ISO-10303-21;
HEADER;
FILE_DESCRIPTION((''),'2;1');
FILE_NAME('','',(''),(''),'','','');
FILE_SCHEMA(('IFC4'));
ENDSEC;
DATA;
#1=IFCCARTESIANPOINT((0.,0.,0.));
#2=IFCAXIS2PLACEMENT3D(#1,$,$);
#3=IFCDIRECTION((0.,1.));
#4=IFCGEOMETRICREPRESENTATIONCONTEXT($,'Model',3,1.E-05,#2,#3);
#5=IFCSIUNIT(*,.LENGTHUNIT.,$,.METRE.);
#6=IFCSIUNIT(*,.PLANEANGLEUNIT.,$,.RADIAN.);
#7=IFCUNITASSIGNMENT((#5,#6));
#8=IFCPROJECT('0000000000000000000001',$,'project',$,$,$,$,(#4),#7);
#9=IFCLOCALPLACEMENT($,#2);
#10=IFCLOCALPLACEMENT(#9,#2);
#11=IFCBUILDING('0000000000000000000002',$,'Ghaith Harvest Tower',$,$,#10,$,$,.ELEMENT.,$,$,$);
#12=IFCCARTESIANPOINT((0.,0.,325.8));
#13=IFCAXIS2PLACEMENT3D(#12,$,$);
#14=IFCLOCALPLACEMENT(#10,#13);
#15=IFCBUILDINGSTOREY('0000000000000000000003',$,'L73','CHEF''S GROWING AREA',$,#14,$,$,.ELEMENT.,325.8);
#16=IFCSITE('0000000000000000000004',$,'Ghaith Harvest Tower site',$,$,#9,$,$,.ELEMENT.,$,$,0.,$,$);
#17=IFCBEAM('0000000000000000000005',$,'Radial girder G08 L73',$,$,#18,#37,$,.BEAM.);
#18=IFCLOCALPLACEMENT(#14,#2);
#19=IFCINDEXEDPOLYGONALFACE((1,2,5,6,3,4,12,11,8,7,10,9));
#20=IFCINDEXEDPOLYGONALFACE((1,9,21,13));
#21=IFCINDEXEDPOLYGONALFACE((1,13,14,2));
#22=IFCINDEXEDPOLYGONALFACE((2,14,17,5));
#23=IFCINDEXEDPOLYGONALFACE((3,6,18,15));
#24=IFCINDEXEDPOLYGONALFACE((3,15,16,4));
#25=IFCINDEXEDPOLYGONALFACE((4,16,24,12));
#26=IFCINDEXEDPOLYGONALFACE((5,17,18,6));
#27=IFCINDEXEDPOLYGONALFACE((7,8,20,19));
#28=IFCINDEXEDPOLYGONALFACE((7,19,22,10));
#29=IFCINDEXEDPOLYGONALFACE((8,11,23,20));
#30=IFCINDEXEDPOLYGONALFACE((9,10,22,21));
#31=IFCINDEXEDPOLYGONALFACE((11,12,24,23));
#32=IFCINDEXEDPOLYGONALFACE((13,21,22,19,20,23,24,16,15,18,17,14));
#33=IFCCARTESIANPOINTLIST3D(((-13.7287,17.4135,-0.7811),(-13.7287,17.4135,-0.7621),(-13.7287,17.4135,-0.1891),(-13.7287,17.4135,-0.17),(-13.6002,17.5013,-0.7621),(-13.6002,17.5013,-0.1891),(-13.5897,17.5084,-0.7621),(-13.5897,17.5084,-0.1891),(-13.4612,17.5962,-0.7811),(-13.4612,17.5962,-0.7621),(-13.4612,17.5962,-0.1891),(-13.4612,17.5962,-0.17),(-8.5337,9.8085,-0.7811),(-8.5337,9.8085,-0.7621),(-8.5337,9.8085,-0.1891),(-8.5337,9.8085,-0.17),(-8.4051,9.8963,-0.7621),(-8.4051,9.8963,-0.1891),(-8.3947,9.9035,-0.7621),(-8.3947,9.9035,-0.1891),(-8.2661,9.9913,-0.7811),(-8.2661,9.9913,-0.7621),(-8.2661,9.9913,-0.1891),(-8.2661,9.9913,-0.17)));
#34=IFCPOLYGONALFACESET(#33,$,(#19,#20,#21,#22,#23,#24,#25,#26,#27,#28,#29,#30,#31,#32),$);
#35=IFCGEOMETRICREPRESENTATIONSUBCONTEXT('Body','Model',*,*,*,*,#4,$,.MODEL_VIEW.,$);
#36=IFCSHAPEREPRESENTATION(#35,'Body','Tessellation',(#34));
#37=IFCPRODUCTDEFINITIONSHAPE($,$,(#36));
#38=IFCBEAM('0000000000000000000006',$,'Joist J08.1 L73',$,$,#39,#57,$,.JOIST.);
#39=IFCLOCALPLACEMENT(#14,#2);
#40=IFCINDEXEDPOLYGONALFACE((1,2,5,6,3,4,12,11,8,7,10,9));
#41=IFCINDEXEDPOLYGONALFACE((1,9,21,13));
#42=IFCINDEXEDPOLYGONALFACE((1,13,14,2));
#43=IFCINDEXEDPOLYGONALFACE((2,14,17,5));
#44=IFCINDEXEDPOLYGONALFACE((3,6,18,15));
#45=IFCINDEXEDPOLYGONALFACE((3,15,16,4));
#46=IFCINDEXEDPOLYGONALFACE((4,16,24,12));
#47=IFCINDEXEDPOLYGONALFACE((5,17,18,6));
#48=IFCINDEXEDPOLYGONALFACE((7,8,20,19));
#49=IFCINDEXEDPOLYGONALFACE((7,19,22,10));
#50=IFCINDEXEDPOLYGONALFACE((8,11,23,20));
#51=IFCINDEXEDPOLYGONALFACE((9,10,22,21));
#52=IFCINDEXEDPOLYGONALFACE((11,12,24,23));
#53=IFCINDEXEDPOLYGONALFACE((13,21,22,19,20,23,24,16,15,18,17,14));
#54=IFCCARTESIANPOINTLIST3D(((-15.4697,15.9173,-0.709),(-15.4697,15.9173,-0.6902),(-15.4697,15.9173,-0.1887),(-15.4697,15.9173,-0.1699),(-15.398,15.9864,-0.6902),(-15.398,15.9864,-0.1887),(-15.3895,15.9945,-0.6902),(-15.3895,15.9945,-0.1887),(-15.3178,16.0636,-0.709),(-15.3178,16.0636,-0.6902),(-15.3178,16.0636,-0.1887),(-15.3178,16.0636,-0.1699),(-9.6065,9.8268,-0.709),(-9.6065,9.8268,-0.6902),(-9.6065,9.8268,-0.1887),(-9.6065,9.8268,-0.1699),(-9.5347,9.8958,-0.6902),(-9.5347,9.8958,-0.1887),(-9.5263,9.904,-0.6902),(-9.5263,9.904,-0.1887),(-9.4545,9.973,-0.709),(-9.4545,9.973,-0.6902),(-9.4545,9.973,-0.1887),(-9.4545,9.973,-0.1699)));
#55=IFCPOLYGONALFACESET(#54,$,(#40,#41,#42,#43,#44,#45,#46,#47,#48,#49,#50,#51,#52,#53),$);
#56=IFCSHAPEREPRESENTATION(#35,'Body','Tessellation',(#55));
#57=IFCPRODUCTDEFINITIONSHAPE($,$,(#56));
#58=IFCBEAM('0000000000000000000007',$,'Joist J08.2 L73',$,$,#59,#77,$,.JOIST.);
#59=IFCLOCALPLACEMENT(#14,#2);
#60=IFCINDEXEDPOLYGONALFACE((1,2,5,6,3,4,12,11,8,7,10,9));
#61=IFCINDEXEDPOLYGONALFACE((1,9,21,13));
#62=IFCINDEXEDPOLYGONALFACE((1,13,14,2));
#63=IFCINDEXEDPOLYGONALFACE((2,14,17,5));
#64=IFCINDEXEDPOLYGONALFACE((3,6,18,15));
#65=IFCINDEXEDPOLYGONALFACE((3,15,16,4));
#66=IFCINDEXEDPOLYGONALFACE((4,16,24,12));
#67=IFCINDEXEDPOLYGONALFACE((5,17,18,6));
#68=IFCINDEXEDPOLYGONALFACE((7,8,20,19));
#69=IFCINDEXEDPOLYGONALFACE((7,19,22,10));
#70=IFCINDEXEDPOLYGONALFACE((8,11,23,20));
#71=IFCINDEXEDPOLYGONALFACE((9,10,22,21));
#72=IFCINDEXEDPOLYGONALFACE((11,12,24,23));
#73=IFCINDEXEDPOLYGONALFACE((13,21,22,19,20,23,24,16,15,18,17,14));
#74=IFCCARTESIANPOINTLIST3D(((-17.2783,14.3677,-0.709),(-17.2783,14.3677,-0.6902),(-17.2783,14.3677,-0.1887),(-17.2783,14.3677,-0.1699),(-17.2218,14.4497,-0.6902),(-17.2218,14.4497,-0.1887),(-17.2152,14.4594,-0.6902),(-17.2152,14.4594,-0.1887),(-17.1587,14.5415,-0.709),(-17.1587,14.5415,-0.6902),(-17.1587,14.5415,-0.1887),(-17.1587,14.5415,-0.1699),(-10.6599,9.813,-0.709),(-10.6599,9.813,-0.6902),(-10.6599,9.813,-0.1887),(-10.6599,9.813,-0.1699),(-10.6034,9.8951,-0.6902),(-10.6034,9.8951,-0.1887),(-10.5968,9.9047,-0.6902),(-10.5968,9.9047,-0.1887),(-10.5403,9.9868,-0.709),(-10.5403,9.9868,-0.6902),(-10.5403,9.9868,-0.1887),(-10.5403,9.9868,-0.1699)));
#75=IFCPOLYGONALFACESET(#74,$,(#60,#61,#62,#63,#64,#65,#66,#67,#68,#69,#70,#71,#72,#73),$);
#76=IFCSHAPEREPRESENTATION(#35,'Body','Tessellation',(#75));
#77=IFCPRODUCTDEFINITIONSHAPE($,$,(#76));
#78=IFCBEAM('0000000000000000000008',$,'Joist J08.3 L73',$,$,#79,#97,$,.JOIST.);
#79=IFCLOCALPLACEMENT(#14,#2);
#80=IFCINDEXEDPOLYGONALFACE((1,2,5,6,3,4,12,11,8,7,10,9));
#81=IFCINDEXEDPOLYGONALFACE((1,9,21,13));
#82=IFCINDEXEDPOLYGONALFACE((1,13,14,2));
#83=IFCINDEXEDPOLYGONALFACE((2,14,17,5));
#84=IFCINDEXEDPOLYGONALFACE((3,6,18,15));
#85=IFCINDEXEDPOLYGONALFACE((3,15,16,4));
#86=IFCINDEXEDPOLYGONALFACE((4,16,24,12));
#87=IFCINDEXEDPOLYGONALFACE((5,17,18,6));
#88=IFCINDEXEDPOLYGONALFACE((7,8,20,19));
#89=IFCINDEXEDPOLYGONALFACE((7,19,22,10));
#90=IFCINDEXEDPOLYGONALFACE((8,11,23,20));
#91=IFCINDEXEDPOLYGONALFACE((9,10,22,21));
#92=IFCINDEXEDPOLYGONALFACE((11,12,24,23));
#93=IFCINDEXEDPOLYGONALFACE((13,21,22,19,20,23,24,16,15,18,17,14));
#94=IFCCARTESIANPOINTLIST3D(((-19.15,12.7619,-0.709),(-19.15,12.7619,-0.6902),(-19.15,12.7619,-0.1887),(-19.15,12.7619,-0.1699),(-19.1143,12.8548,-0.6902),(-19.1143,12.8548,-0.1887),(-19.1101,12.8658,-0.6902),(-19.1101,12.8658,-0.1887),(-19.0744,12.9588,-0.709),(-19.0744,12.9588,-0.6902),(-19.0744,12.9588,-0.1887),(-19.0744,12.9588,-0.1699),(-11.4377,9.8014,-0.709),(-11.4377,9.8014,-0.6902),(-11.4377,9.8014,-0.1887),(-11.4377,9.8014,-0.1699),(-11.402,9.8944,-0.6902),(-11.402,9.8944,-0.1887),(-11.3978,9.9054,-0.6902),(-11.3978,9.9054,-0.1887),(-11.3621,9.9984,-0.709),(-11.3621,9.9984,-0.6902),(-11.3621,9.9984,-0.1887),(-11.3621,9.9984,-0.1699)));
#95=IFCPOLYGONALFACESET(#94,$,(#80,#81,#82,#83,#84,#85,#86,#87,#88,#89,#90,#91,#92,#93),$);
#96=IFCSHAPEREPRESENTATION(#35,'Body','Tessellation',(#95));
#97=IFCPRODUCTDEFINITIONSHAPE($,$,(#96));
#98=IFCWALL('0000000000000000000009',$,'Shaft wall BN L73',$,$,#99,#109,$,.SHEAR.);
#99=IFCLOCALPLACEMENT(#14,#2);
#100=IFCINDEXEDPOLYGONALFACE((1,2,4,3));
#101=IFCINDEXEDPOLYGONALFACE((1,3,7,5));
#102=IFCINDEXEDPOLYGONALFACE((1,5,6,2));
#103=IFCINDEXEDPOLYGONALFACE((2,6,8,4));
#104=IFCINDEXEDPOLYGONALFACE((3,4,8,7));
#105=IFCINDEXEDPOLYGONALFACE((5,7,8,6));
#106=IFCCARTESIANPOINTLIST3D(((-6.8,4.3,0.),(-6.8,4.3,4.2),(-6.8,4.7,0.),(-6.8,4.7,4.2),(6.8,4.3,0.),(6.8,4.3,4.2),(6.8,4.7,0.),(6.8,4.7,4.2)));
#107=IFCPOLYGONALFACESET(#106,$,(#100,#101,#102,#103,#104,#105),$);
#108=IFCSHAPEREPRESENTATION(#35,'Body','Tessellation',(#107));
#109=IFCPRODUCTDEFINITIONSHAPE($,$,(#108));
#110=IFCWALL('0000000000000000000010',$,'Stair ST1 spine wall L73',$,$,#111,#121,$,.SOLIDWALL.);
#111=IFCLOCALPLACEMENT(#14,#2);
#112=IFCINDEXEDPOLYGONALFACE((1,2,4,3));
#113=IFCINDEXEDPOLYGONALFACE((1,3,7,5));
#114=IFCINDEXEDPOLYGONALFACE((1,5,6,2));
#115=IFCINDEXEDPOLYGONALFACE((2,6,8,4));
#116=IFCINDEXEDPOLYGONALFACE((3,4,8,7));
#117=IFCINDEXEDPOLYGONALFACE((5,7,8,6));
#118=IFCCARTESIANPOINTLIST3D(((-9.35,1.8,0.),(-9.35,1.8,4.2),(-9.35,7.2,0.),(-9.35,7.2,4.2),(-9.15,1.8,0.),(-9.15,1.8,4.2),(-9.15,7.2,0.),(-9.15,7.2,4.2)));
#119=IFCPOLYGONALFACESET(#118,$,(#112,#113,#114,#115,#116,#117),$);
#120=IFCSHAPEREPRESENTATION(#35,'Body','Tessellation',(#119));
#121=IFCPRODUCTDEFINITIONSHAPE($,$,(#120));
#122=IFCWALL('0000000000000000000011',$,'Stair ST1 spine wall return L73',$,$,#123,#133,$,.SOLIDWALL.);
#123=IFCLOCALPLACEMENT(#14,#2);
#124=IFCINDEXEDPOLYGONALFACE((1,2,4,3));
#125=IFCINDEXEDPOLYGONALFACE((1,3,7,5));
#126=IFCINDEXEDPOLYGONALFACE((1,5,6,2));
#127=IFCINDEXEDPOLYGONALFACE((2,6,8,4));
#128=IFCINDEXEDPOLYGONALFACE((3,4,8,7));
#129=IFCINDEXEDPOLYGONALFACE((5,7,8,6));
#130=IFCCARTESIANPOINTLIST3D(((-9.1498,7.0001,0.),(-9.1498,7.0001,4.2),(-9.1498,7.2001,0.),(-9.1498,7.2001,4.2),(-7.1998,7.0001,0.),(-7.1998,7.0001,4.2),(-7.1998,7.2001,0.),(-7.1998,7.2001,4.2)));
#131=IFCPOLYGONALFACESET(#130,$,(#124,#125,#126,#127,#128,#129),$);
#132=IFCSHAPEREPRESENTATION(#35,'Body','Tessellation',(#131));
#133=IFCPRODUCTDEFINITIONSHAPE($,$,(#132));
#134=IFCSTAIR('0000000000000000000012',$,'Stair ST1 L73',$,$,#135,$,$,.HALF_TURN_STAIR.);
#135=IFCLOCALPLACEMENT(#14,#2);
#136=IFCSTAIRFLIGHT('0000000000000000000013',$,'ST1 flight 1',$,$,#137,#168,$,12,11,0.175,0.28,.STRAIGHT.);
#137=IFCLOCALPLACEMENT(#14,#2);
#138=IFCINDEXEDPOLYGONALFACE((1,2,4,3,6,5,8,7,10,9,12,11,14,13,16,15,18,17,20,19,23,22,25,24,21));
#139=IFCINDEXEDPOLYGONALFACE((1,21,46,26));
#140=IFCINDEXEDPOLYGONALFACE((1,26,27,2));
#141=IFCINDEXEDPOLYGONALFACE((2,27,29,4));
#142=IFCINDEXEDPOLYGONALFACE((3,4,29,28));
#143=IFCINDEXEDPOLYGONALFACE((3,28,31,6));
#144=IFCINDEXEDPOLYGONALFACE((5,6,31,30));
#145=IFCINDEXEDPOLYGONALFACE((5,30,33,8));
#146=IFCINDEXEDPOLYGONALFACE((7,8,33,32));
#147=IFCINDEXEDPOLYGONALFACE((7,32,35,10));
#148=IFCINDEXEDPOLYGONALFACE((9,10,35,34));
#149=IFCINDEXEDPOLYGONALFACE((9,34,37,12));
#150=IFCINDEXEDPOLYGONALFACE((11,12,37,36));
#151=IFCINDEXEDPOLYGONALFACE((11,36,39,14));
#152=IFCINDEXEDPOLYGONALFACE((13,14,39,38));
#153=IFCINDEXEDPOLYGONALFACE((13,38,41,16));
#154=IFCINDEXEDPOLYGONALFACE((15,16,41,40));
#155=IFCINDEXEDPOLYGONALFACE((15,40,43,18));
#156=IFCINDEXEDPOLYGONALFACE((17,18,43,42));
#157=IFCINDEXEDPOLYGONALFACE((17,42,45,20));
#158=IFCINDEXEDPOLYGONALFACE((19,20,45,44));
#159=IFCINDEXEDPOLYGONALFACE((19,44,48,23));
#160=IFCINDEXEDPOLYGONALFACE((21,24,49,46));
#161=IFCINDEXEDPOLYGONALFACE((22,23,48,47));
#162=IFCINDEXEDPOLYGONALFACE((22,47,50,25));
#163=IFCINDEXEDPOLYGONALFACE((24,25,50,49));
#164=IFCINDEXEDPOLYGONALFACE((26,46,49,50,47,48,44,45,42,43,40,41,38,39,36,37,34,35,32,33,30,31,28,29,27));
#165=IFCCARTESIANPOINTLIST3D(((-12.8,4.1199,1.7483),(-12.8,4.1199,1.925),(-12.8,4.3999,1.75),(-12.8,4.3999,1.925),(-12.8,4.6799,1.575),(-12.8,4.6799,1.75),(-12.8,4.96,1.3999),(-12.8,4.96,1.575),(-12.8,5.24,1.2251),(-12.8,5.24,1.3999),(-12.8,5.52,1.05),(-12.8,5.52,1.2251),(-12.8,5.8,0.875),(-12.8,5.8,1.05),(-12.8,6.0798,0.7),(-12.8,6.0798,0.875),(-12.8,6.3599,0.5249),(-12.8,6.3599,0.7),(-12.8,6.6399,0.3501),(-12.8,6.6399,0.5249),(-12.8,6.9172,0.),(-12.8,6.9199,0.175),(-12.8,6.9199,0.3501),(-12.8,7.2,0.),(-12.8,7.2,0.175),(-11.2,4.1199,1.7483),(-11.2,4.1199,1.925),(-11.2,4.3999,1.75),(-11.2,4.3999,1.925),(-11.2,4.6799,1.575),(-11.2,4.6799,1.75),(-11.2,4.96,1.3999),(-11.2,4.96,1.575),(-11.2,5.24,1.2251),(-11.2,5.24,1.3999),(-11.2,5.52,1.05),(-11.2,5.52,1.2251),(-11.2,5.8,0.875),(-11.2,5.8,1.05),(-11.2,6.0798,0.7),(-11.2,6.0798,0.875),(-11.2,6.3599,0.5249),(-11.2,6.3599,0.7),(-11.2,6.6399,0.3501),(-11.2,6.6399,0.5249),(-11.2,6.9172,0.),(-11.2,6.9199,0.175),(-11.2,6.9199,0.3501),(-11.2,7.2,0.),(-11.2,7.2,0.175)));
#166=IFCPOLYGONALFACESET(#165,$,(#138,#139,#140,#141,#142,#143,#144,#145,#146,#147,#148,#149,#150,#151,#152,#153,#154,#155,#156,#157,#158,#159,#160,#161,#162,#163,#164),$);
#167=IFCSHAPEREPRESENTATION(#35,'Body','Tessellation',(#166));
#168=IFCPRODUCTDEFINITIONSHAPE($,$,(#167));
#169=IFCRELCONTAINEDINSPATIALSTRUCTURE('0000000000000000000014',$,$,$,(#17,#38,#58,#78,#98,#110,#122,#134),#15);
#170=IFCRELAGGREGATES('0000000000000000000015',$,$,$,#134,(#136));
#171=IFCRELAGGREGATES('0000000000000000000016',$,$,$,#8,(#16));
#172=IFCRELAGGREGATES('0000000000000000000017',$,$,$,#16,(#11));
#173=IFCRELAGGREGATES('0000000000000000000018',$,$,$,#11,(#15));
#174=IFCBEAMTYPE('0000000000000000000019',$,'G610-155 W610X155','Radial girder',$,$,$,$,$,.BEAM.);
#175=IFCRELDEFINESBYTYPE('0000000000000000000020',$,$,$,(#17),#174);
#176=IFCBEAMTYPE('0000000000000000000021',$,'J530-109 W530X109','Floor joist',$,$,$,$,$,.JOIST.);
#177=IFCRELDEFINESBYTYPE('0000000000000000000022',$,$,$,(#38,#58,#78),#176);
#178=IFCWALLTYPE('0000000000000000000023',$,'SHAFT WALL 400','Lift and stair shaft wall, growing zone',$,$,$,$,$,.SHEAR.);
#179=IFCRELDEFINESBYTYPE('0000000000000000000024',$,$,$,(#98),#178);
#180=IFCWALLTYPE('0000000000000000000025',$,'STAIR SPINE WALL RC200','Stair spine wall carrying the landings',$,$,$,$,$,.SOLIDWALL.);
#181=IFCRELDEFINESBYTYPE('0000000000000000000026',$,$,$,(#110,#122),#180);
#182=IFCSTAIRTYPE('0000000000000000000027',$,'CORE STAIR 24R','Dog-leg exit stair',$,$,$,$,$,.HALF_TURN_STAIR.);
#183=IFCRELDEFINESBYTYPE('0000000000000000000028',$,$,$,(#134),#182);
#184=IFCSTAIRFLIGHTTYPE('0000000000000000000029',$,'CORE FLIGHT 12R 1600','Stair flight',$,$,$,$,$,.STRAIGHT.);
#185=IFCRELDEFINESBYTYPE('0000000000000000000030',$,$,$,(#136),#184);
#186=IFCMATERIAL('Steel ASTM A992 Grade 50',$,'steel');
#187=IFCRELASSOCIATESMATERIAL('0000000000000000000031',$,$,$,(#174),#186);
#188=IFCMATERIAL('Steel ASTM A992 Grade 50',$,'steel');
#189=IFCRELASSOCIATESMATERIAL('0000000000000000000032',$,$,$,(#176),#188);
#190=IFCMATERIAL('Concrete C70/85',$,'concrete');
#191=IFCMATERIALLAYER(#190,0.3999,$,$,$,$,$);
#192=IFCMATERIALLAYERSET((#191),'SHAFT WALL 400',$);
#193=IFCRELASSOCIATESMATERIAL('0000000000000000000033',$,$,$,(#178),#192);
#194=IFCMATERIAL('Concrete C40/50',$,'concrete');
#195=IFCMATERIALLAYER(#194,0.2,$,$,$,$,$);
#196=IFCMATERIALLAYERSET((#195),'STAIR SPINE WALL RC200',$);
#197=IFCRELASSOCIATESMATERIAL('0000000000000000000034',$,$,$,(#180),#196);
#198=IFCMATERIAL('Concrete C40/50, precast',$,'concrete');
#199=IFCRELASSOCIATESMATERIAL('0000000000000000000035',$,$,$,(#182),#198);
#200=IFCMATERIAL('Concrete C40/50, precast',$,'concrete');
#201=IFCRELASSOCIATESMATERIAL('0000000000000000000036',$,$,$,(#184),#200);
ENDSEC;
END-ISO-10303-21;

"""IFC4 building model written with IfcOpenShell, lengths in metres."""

from ifc_helpers import new_model, si_unit, direction, frame, frame_2d, origin, origin_2d, place, context, subcontext, project, spatial, polyline, rectangle, i_section, outline, extrude, material, layer, layer_set, material_profile, profile_set, type_object, element, aggregate, save


model = new_model("IFC4")

# Units and contexts
model_context = context("Model", 3, precision=1e-05, world=origin(), true_north=direction((0.0, 1.0)))
body_context = subcontext(model_context, "Body", "Model", "MODEL_VIEW")
ifc_project = project(units=[si_unit("LENGTHUNIT", "METRE"), si_unit("PLANEANGLEUNIT", "RADIAN")], contexts=[model_context])

# Site, building, storey
site_placement = place(None, origin())
site = spatial("IfcSite", under=ifc_project, at=site_placement, Name="Ghaith Harvest Tower site", CompositionType="ELEMENT", RefElevation=0.0)
building_placement = place(site_placement, origin())
building = spatial("IfcBuilding", under=site, at=building_placement, Name="Ghaith Harvest Tower", CompositionType="ELEMENT")
storey_placement = place(building_placement, frame((0.0, 0.0, 325.8)))
storey = spatial("IfcBuildingStorey", under=building, at=storey_placement, Name="L73", Description="CHEF'S GROWING AREA", CompositionType="ELEMENT", Elevation=325.8)

# Beams
ifc_material_1 = material(Name="Steel ASTM A992 Grade 50", Category="steel")
ifc_material_profile_1 = material_profile(ifc_material_1, i_section(OverallWidth=0.324, OverallDepth=0.6111, WebThickness=0.0127, FlangeThickness=0.019, at=origin_2d()), Name="W610X155")
ifc_profile_set_1 = profile_set([ifc_material_profile_1], Name="Steel ASTM A992 Grade 50")
beam_type_1 = type_object("IfcBeamType", Name="G610-155 W610X155", Description="Radial girder", PredefinedType="BEAM", material=ifc_profile_set_1)
beam_1_placement = place(storey_placement, frame((-8.3999, 9.8999, -0.4756), z_axis=(-0.564067, 0.825729, 0.0), x_axis=(-0.825729, -0.564067, 0.0)))
element("IfcBeam", 1, at=beam_1_placement, inside=storey, type_object=beam_type_1, Name="Radial girder G08 L73", PredefinedType="BEAM", context=body_context, shape_type="SweptSolid", body=[
    extrude(i_section(OverallWidth=0.324, OverallDepth=0.6111, WebThickness=0.0127, FlangeThickness=0.019, at=origin_2d()), origin(), (0.0, 0.0, 1.0), 9.21),
])
ifc_material_2 = material(Name="Steel ASTM A992 Grade 50", Category="steel")
ifc_material_profile_2 = material_profile(ifc_material_2, i_section(OverallWidth=0.2109, OverallDepth=0.5391, WebThickness=0.0117, FlangeThickness=0.0188, at=origin_2d()), Name="W530X109")
ifc_profile_set_2 = profile_set([ifc_material_profile_2], Name="Steel ASTM A992 Grade 50")
beam_type_2 = type_object("IfcBeamType", Name="J530-109 W530X109", Description="Floor joist", PredefinedType="JOIST", material=ifc_profile_set_2)
beam_2_placement = place(storey_placement, frame((-9.5305, 9.8999, -0.4395), z_axis=(-0.693536, 0.720422, 0.0), x_axis=(-0.720422, -0.693536, 0.0)))
element("IfcBeam", 2, at=beam_2_placement, inside=storey, type_object=beam_type_2, Name="Joist J08.1 L73", PredefinedType="JOIST", context=body_context, shape_type="SweptSolid", body=[
    extrude(i_section(OverallWidth=0.2109, OverallDepth=0.5391, WebThickness=0.0117, FlangeThickness=0.0188, at=origin_2d()), origin(), (0.0, 0.0, 1.0), 8.4541),
])
beam_3_placement = place(storey_placement, frame((-10.6001, 9.8999, -0.4395), z_axis=(-0.823779, 0.566912, 0.0), x_axis=(-0.566912, -0.823779, 0.0)))
element("IfcBeam", 3, at=beam_3_placement, inside=storey, type_object=beam_type_2, Name="Joist J08.2 L73", PredefinedType="JOIST", context=body_context, shape_type="SweptSolid", body=[
    extrude(i_section(OverallWidth=0.2109, OverallDepth=0.5391, WebThickness=0.0117, FlangeThickness=0.0188, at=origin_2d()), origin(), (0.0, 0.0, 1.0), 8.0342),
])
beam_4_placement = place(storey_placement, frame((-11.3999, 9.8999, -0.4395), z_axis=(-0.933583, 0.358361, 0.0), x_axis=(-0.358361, -0.933583, 0.0)))
element("IfcBeam", 4, at=beam_4_placement, inside=storey, type_object=beam_type_2, Name="Joist J08.3 L73", PredefinedType="JOIST", context=body_context, shape_type="SweptSolid", body=[
    extrude(i_section(OverallWidth=0.2109, OverallDepth=0.5391, WebThickness=0.0117, FlangeThickness=0.0188, at=origin_2d()), origin(), (0.0, 0.0, 1.0), 8.261),
])

# Shared definitions
ifc_material_3 = material(Name="Concrete C70/85", Category="concrete")
ifc_layer_1 = layer(ifc_material_3, 0.3999)
ifc_layer_set_1 = layer_set([ifc_layer_1], Name="SHAFT WALL 400")
wall_type_1 = type_object("IfcWallType", Name="SHAFT WALL 400", Description="Lift and stair shaft wall, growing zone", PredefinedType="SHEAR", material=ifc_layer_set_1)

# Walls
wall_1_placement = place(storey_placement, frame((-6.8, 4.5, 0.0), z_axis=(0.0, 0.0, 1.0), x_axis=(1.0, 0.0, 0.0)))
element("IfcWall", 5, at=wall_1_placement, inside=storey, type_object=wall_type_1, Name="Shaft wall BN L73", PredefinedType="SHEAR", context=body_context, shape_type="SweptSolid", body=[
    extrude(rectangle(XDim=13.6001, YDim=0.3999, at=frame_2d((6.8, 0.0))), origin(), (0.0, 0.0, 1.0), 4.2),
])
ifc_material_4 = material(Name="Concrete C40/50", Category="concrete")
ifc_layer_2 = layer(ifc_material_4, 0.2)
ifc_layer_set_2 = layer_set([ifc_layer_2], Name="STAIR SPINE WALL RC200")
wall_type_2 = type_object("IfcWallType", Name="STAIR SPINE WALL RC200", Description="Stair spine wall carrying the landings", PredefinedType="SOLIDWALL", material=ifc_layer_set_2)
wall_2_placement = place(storey_placement, frame((-9.25, 7.2, 0.0), z_axis=(0.0, 0.0, 1.0), x_axis=(0.0, -1.0, 0.0)))
element("IfcWall", 6, at=wall_2_placement, inside=storey, type_object=wall_type_2, Name="Stair ST1 spine wall L73", PredefinedType="SOLIDWALL", context=body_context, shape_type="SweptSolid", body=[
    extrude(rectangle(XDim=5.3999, YDim=0.2, at=frame_2d((2.7, 0.0))), origin(), (0.0, 0.0, 1.0), 4.2),
])
wall_3_placement = place(storey_placement, frame((-9.1499, 7.1001, 0.0), z_axis=(0.0, 0.0, 1.0), x_axis=(1.0, 0.0, 0.0)))
element("IfcWall", 7, at=wall_3_placement, inside=storey, type_object=wall_type_2, Name="Stair ST1 spine wall return L73", PredefinedType="SOLIDWALL", context=body_context, shape_type="SweptSolid", body=[
    extrude(rectangle(XDim=1.95, YDim=0.2, at=frame_2d((0.9751, 0.0))), origin(), (0.0, 0.0, 1.0), 4.2),
])

# Stair, stair flight
ifc_material_5 = material(Name="Concrete C40/50, precast", Category="concrete")
stair_type = type_object("IfcStairType", Name="CORE STAIR 24R", Description="Dog-leg exit stair", PredefinedType="HALF_TURN_STAIR", material=ifc_material_5)
stair_placement = place(storey_placement, origin())
stair = element("IfcStair", 8, at=stair_placement, inside=storey, type_object=stair_type, Name="Stair ST1 L73", PredefinedType="HALF_TURN_STAIR")
ifc_material_6 = material(Name="Concrete C40/50, precast", Category="concrete")
stair_flight_type = type_object("IfcStairFlightType", Name="CORE FLIGHT 12R 1600", Description="Stair flight", PredefinedType="STRAIGHT", material=ifc_material_6)
stair_flight_1_placement = place(storey_placement, frame((-12.0, 7.2, 0.0), z_axis=(0.0, 0.0, 1.0), x_axis=(0.0, -1.0, 0.0)))
stair_flight_1 = element("IfcStairFlight", 9, at=stair_flight_1_placement, type_object=stair_flight_type, Name="ST1 flight 1", NumberOfRisers=12, NumberOfTreads=11, PredefinedType="STRAIGHT", RiserHeight=0.175, TreadLength=0.28, context=body_context, shape_type="SweptSolid", body=[
    extrude(outline(polyline([(0.0, 0.0), (0.0, 0.175), (0.28, 0.175), (0.28, 0.3501), (0.5601, 0.3501), (0.5601, 0.5249), (0.8401, 0.5249), (0.8401, 0.7), (1.1201, 0.7), (1.1201, 0.875), (1.3999, 0.875), (1.3999, 1.05), (1.6799, 1.05), (1.6799, 1.2251), (1.96, 1.2251), (1.96, 1.3999), (2.24, 1.3999), (2.24, 1.575), (2.52, 1.575), (2.52, 1.75), (2.8, 1.75), (2.8, 1.925), (3.0801, 1.925), (3.0801, 2.1001), (3.0801, 1.7483), (0.2827, 0.0), (0.0, 0.0)])), frame((0.0, 0.8, 0.0), z_axis=(0.0, -1.0, 0.0), x_axis=(1.0, 0.0, 0.0)), (0.0, 0.0, 1.0), 1.6001),
])
aggregate(stair, [stair_flight_1])

save(model, "model.ifc")
